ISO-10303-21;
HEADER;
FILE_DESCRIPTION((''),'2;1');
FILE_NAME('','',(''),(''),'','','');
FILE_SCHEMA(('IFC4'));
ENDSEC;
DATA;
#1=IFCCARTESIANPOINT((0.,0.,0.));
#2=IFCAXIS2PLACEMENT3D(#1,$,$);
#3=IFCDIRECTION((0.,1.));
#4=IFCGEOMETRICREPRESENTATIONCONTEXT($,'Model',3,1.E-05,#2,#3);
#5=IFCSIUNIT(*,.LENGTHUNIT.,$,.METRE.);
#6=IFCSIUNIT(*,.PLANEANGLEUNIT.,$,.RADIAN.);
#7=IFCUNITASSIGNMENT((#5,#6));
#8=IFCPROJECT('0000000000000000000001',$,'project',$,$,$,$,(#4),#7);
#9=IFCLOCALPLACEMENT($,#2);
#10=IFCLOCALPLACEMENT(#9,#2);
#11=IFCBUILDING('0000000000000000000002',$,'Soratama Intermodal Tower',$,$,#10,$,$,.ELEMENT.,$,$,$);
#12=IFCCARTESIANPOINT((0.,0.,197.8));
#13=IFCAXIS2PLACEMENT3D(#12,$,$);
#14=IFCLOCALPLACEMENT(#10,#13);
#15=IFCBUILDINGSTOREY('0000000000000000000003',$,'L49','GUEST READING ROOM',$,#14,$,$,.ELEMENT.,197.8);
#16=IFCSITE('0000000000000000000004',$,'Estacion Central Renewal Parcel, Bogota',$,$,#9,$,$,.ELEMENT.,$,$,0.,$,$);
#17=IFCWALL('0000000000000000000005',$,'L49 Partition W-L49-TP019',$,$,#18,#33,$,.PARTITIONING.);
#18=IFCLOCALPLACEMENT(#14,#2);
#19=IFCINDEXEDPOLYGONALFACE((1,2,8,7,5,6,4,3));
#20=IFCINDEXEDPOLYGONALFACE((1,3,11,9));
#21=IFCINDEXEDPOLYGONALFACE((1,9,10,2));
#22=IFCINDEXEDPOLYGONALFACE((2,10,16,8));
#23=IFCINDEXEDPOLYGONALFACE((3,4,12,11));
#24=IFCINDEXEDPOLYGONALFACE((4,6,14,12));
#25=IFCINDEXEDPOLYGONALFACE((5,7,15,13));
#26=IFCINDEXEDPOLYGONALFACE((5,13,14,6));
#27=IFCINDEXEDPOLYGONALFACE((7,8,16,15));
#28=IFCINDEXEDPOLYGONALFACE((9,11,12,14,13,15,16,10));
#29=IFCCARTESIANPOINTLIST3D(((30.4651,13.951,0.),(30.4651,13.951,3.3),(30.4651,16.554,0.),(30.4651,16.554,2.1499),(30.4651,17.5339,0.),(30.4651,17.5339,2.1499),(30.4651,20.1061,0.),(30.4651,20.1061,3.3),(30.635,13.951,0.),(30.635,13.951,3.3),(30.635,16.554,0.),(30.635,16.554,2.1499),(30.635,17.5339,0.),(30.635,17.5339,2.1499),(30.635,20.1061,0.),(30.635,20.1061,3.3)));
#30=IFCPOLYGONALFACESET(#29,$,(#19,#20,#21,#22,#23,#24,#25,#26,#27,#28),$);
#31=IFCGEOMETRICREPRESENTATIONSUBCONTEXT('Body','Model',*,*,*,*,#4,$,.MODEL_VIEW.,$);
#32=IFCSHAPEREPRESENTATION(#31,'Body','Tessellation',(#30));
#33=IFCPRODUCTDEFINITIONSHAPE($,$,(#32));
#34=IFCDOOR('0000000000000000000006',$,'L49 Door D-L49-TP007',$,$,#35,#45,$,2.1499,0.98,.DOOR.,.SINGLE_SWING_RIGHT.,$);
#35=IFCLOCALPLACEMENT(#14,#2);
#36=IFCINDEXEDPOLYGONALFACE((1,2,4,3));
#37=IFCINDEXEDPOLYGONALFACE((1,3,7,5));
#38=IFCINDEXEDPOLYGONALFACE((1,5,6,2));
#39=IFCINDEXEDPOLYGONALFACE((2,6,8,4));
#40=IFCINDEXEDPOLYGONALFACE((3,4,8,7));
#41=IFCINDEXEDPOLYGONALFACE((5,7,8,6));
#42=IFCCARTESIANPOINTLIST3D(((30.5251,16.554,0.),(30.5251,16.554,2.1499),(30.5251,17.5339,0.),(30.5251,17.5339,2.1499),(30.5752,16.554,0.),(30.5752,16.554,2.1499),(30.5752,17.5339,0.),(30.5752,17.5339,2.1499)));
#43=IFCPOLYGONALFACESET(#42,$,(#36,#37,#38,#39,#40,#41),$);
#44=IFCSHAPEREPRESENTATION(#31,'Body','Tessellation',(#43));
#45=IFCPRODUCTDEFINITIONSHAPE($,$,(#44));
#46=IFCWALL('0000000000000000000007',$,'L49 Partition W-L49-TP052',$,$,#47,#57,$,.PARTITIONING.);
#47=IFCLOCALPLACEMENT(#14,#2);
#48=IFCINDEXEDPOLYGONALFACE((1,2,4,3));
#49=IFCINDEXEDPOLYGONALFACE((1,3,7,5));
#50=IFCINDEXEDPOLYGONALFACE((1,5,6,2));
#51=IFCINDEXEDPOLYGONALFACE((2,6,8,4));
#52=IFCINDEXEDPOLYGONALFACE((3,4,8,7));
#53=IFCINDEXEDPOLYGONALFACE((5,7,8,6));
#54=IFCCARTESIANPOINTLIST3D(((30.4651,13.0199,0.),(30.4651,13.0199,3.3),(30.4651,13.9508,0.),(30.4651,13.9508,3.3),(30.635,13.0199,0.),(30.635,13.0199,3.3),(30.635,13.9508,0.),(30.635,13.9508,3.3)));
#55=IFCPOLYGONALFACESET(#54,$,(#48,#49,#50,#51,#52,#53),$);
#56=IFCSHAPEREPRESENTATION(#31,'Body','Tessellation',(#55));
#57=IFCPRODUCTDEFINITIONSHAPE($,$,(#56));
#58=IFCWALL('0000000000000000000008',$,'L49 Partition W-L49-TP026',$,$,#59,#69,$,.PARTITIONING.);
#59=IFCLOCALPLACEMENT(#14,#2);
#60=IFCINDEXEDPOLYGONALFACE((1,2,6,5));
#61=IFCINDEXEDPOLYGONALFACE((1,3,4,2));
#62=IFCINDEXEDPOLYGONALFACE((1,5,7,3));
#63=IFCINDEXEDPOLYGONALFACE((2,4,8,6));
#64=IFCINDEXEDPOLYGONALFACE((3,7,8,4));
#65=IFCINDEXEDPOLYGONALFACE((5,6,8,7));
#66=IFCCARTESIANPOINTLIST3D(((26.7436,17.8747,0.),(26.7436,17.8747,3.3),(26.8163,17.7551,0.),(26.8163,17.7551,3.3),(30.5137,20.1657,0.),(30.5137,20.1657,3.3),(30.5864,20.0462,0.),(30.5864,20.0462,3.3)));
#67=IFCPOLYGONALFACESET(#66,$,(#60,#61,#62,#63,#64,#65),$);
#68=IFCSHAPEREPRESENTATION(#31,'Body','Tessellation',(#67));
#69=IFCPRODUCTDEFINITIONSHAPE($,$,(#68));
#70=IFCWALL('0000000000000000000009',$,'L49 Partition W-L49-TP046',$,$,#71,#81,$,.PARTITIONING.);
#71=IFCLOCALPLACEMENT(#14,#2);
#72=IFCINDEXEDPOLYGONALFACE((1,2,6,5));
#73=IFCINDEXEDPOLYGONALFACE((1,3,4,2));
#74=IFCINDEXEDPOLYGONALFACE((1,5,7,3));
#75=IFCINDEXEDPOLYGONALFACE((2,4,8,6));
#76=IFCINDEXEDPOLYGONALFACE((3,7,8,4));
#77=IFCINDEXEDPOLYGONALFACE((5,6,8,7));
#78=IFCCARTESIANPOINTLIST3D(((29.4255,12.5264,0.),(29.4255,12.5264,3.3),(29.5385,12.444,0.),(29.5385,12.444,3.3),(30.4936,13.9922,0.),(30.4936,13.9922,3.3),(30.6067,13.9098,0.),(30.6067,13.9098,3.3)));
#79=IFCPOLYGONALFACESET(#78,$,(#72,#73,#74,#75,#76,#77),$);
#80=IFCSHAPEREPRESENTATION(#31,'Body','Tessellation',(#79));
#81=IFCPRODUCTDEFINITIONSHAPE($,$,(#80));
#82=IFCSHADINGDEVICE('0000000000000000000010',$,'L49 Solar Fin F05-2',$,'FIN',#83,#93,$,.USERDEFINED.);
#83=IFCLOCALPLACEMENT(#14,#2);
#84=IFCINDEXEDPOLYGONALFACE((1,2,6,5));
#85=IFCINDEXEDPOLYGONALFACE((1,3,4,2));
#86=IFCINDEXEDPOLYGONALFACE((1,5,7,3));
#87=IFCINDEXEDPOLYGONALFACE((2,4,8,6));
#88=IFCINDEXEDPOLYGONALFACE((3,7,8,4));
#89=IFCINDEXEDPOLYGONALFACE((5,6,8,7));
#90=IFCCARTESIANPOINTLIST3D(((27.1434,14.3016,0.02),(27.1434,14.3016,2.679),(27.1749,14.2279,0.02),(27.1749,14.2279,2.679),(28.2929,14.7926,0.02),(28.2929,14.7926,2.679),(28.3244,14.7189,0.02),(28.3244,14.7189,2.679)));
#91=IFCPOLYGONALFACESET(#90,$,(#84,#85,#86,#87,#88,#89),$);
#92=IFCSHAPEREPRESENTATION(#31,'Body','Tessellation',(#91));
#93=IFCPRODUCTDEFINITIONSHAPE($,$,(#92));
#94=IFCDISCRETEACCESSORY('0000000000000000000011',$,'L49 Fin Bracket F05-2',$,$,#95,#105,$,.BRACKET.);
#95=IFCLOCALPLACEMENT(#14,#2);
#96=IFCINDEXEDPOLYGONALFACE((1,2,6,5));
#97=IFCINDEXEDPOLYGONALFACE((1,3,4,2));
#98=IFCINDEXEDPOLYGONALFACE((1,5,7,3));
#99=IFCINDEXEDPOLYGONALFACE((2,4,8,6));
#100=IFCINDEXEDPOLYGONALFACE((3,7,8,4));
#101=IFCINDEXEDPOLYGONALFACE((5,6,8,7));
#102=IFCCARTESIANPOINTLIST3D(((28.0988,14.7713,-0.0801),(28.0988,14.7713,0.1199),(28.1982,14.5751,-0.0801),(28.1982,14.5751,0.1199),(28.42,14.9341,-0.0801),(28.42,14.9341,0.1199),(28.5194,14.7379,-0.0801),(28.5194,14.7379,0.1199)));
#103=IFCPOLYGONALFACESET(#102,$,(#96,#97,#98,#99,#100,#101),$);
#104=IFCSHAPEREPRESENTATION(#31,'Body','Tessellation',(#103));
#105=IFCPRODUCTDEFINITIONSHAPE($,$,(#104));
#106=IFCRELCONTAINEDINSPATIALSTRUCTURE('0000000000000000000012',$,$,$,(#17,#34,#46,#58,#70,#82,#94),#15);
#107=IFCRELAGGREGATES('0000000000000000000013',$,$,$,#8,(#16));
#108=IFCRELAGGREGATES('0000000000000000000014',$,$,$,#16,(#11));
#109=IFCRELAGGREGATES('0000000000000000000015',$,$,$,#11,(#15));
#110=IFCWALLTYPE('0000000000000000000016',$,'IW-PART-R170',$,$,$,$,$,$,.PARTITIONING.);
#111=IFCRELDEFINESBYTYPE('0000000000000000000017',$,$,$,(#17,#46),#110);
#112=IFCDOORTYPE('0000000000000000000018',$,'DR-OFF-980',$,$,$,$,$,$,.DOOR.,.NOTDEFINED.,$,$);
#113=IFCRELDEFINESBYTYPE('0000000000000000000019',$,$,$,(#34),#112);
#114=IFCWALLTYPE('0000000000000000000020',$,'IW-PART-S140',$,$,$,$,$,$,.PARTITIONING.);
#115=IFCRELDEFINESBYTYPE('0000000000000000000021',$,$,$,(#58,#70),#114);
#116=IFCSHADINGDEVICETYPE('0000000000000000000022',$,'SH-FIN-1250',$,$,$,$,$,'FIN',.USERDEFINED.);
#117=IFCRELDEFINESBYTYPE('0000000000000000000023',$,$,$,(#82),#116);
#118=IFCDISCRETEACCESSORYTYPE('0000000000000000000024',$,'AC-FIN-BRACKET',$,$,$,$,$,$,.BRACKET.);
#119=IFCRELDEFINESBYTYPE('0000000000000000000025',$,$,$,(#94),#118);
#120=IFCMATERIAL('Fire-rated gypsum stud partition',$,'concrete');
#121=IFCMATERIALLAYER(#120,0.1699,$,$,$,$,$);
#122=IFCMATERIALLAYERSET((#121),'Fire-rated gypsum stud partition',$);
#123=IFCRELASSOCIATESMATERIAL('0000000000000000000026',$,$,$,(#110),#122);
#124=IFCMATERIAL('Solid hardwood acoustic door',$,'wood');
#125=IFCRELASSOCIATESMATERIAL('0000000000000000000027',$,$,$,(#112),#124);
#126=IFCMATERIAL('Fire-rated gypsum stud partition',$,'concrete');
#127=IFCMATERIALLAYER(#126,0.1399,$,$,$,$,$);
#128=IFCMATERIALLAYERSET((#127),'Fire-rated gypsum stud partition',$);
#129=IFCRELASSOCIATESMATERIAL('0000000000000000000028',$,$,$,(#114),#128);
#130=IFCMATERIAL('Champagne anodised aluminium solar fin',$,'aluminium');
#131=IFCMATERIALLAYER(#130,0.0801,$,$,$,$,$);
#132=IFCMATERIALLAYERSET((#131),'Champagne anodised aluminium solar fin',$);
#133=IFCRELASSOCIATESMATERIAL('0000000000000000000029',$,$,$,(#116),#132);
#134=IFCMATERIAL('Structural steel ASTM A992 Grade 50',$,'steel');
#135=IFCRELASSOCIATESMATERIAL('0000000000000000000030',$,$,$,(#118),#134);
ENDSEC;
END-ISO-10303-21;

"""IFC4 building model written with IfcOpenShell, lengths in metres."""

from ifc_helpers import new_model, si_unit, direction, frame, frame_2d, origin, origin_2d, place, context, subcontext, project, spatial, rectangle, extrude, material, layer, layer_set, type_object, element, fill, save


model = new_model("IFC4")

# Units and contexts
model_context = context("Model", 3, precision=1e-05, world=origin(), true_north=direction((0.0, 1.0)))
body_context = subcontext(model_context, "Body", "Model", "MODEL_VIEW")
ifc_project = project(units=[si_unit("LENGTHUNIT", "METRE"), si_unit("PLANEANGLEUNIT", "RADIAN")], contexts=[model_context])

# Site, building, storey
site_placement = place(None, origin())
site = spatial("IfcSite", under=ifc_project, at=site_placement, Name="Estacion Central Renewal Parcel, Bogota", CompositionType="ELEMENT", RefElevation=0.0)
building_placement = place(site_placement, origin())
building = spatial("IfcBuilding", under=site, at=building_placement, Name="Soratama Intermodal Tower", CompositionType="ELEMENT")
storey_placement = place(building_placement, frame((0.0, 0.0, 197.8)))
storey = spatial("IfcBuildingStorey", under=building, at=storey_placement, Name="L49", Description="GUEST READING ROOM", CompositionType="ELEMENT", Elevation=197.8)

# Wall, opening, door
ifc_material_1 = material(Name="Fire-rated gypsum stud partition", Category="concrete")
ifc_layer_1 = layer(ifc_material_1, 0.1699)
ifc_layer_set_1 = layer_set([ifc_layer_1], Name="Fire-rated gypsum stud partition")
wall_type_1 = type_object("IfcWallType", Name="IW-PART-R170", PredefinedType="PARTITIONING", material=ifc_layer_set_1)
ifc_material_2 = material(Name="Solid hardwood acoustic door", Category="wood")
door_type = type_object("IfcDoorType", Name="DR-OFF-980", OperationType="NOTDEFINED", PredefinedType="DOOR", material=ifc_material_2)
wall_1_placement = place(storey_placement, frame((30.55, 13.9509, 0.0), z_axis=(0.0, 0.0, 1.0), x_axis=(0.0, 1.0, 0.0)))
wall_1 = element("IfcWall", 1, at=wall_1_placement, inside=storey, type_object=wall_type_1, Name="L49 Partition W-L49-TP019", PredefinedType="PARTITIONING", context=body_context, shape_type="SweptSolid", body=[
    extrude(rectangle(XDim=6.155, YDim=0.1699, at=frame_2d((3.0776, 0.0))), origin(), (0.0, 0.0, 1.0), 3.3),
])
opening_1_placement = place(wall_1_placement, frame((2.603, 0.0, 0.0)))
opening_1 = element("IfcOpeningElement", 2, at=opening_1_placement, cuts=wall_1, PredefinedType="OPENING", context=body_context, shape_type="SweptSolid", body=[
    extrude(rectangle(XDim=0.98, YDim=2.1499, at=frame_2d((0.49, 1.075))), frame((0.0, 0.095, 0.0), z_axis=(0.0, -1.0, 0.0), x_axis=(1.0, 0.0, 0.0)), (0.0, 0.0, 1.0), 0.1899),
])
door_1_placement = place(opening_1_placement, origin())
door_1 = element("IfcDoor", 3, at=door_1_placement, inside=storey, type_object=door_type, Name="L49 Door D-L49-TP007", OperationType="SINGLE_SWING_RIGHT", OverallHeight=2.1499, OverallWidth=0.98, PredefinedType="DOOR", context=body_context, shape_type="SweptSolid", body=[
    extrude(rectangle(XDim=0.98, YDim=2.1499, at=frame_2d((0.49, 1.075))), frame((0.0, 0.0249, 0.0), z_axis=(0.0, -1.0, 0.0), x_axis=(1.0, 0.0, 0.0)), (0.0, 0.0, 1.0), 0.05),
])
fill(opening_1, door_1)

# Walls
wall_2_placement = place(storey_placement, frame((30.55, 13.02, 0.0), z_axis=(0.0, 0.0, 1.0), x_axis=(0.0, 1.0, 0.0)))
element("IfcWall", 4, at=wall_2_placement, inside=storey, type_object=wall_type_1, Name="L49 Partition W-L49-TP052", PredefinedType="PARTITIONING", context=body_context, shape_type="SweptSolid", body=[
    extrude(rectangle(XDim=0.9309, YDim=0.1699, at=frame_2d((0.4653, 0.0))), origin(), (0.0, 0.0, 1.0), 3.3),
])
ifc_material_3 = material(Name="Fire-rated gypsum stud partition", Category="concrete")
ifc_layer_2 = layer(ifc_material_3, 0.1399)
ifc_layer_set_2 = layer_set([ifc_layer_2], Name="Fire-rated gypsum stud partition")
wall_type_2 = type_object("IfcWallType", Name="IW-PART-S140", PredefinedType="PARTITIONING", material=ifc_layer_set_2)
wall_3_placement = place(storey_placement, frame((30.55, 20.106, 0.0), z_axis=(0.0, 0.0, 1.0), x_axis=(-0.854579, -0.519322, 0.0)))
element("IfcWall", 5, at=wall_3_placement, inside=storey, type_object=wall_type_2, Name="L49 Partition W-L49-TP026", PredefinedType="PARTITIONING", context=body_context, shape_type="SweptSolid", body=[
    extrude(rectangle(XDim=4.4116, YDim=0.1399, at=frame_2d((2.2058, 0.0))), origin(), (0.0, 0.0, 1.0), 3.3),
])
wall_4_placement = place(storey_placement, frame((30.55, 13.9509, 0.0), z_axis=(0.0, 0.0, 1.0), x_axis=(-0.588916, -0.808194, 0.0)))
element("IfcWall", 6, at=wall_4_placement, inside=storey, type_object=wall_type_2, Name="L49 Partition W-L49-TP046", PredefinedType="PARTITIONING", context=body_context, shape_type="SweptSolid", body=[
    extrude(rectangle(XDim=1.8137, YDim=0.1399, at=frame_2d((0.9067, 0.0))), origin(), (0.0, 0.0, 1.0), 3.3),
])

# Shading device
ifc_material_4 = material(Name="Champagne anodised aluminium solar fin", Category="aluminium")
ifc_layer_3 = layer(ifc_material_4, 0.0801)
ifc_layer_set_3 = layer_set([ifc_layer_3], Name="Champagne anodised aluminium solar fin")
shading_device_type = type_object("IfcShadingDeviceType", Name="SH-FIN-1250", ElementType="FIN", PredefinedType="USERDEFINED", material=ifc_layer_set_3)
shading_device_placement = place(storey_placement, frame((27.7339, 14.5103, 0.02), z_axis=(0.0, 0.0, 1.0), x_axis=(-0.919616, -0.392819, 0.0)))
element("IfcShadingDevice", 7, at=shading_device_placement, inside=storey, type_object=shading_device_type, Name="L49 Solar Fin F05-2", ObjectType="FIN", PredefinedType="USERDEFINED", context=body_context, shape_type="SweptSolid", body=[
    extrude(rectangle(XDim=1.25, YDim=0.0801, at=origin_2d()), origin(), (0.0, 0.0, 1.0), 2.6589),
])

# Discrete accessory
ifc_material_5 = material(Name="Structural steel ASTM A992 Grade 50", Category="steel")
discrete_accessory_type = type_object("IfcDiscreteAccessoryType", Name="AC-FIN-BRACKET", PredefinedType="BRACKET", material=ifc_material_5)
discrete_accessory_placement = place(storey_placement, frame((28.3091, 14.7546, -0.0801), z_axis=(0.0, 0.0, 1.0), x_axis=(-0.891955, -0.452123, 0.0)))
element("IfcDiscreteAccessory", 8, at=discrete_accessory_placement, inside=storey, type_object=discrete_accessory_type, Name="L49 Fin Bracket F05-2", PredefinedType="BRACKET", context=body_context, shape_type="SweptSolid", body=[
    extrude(rectangle(XDim=0.3601, YDim=0.22, at=origin_2d()), origin(), (0.0, 0.0, 1.0), 0.2),
])

save(model, "model.ifc")
